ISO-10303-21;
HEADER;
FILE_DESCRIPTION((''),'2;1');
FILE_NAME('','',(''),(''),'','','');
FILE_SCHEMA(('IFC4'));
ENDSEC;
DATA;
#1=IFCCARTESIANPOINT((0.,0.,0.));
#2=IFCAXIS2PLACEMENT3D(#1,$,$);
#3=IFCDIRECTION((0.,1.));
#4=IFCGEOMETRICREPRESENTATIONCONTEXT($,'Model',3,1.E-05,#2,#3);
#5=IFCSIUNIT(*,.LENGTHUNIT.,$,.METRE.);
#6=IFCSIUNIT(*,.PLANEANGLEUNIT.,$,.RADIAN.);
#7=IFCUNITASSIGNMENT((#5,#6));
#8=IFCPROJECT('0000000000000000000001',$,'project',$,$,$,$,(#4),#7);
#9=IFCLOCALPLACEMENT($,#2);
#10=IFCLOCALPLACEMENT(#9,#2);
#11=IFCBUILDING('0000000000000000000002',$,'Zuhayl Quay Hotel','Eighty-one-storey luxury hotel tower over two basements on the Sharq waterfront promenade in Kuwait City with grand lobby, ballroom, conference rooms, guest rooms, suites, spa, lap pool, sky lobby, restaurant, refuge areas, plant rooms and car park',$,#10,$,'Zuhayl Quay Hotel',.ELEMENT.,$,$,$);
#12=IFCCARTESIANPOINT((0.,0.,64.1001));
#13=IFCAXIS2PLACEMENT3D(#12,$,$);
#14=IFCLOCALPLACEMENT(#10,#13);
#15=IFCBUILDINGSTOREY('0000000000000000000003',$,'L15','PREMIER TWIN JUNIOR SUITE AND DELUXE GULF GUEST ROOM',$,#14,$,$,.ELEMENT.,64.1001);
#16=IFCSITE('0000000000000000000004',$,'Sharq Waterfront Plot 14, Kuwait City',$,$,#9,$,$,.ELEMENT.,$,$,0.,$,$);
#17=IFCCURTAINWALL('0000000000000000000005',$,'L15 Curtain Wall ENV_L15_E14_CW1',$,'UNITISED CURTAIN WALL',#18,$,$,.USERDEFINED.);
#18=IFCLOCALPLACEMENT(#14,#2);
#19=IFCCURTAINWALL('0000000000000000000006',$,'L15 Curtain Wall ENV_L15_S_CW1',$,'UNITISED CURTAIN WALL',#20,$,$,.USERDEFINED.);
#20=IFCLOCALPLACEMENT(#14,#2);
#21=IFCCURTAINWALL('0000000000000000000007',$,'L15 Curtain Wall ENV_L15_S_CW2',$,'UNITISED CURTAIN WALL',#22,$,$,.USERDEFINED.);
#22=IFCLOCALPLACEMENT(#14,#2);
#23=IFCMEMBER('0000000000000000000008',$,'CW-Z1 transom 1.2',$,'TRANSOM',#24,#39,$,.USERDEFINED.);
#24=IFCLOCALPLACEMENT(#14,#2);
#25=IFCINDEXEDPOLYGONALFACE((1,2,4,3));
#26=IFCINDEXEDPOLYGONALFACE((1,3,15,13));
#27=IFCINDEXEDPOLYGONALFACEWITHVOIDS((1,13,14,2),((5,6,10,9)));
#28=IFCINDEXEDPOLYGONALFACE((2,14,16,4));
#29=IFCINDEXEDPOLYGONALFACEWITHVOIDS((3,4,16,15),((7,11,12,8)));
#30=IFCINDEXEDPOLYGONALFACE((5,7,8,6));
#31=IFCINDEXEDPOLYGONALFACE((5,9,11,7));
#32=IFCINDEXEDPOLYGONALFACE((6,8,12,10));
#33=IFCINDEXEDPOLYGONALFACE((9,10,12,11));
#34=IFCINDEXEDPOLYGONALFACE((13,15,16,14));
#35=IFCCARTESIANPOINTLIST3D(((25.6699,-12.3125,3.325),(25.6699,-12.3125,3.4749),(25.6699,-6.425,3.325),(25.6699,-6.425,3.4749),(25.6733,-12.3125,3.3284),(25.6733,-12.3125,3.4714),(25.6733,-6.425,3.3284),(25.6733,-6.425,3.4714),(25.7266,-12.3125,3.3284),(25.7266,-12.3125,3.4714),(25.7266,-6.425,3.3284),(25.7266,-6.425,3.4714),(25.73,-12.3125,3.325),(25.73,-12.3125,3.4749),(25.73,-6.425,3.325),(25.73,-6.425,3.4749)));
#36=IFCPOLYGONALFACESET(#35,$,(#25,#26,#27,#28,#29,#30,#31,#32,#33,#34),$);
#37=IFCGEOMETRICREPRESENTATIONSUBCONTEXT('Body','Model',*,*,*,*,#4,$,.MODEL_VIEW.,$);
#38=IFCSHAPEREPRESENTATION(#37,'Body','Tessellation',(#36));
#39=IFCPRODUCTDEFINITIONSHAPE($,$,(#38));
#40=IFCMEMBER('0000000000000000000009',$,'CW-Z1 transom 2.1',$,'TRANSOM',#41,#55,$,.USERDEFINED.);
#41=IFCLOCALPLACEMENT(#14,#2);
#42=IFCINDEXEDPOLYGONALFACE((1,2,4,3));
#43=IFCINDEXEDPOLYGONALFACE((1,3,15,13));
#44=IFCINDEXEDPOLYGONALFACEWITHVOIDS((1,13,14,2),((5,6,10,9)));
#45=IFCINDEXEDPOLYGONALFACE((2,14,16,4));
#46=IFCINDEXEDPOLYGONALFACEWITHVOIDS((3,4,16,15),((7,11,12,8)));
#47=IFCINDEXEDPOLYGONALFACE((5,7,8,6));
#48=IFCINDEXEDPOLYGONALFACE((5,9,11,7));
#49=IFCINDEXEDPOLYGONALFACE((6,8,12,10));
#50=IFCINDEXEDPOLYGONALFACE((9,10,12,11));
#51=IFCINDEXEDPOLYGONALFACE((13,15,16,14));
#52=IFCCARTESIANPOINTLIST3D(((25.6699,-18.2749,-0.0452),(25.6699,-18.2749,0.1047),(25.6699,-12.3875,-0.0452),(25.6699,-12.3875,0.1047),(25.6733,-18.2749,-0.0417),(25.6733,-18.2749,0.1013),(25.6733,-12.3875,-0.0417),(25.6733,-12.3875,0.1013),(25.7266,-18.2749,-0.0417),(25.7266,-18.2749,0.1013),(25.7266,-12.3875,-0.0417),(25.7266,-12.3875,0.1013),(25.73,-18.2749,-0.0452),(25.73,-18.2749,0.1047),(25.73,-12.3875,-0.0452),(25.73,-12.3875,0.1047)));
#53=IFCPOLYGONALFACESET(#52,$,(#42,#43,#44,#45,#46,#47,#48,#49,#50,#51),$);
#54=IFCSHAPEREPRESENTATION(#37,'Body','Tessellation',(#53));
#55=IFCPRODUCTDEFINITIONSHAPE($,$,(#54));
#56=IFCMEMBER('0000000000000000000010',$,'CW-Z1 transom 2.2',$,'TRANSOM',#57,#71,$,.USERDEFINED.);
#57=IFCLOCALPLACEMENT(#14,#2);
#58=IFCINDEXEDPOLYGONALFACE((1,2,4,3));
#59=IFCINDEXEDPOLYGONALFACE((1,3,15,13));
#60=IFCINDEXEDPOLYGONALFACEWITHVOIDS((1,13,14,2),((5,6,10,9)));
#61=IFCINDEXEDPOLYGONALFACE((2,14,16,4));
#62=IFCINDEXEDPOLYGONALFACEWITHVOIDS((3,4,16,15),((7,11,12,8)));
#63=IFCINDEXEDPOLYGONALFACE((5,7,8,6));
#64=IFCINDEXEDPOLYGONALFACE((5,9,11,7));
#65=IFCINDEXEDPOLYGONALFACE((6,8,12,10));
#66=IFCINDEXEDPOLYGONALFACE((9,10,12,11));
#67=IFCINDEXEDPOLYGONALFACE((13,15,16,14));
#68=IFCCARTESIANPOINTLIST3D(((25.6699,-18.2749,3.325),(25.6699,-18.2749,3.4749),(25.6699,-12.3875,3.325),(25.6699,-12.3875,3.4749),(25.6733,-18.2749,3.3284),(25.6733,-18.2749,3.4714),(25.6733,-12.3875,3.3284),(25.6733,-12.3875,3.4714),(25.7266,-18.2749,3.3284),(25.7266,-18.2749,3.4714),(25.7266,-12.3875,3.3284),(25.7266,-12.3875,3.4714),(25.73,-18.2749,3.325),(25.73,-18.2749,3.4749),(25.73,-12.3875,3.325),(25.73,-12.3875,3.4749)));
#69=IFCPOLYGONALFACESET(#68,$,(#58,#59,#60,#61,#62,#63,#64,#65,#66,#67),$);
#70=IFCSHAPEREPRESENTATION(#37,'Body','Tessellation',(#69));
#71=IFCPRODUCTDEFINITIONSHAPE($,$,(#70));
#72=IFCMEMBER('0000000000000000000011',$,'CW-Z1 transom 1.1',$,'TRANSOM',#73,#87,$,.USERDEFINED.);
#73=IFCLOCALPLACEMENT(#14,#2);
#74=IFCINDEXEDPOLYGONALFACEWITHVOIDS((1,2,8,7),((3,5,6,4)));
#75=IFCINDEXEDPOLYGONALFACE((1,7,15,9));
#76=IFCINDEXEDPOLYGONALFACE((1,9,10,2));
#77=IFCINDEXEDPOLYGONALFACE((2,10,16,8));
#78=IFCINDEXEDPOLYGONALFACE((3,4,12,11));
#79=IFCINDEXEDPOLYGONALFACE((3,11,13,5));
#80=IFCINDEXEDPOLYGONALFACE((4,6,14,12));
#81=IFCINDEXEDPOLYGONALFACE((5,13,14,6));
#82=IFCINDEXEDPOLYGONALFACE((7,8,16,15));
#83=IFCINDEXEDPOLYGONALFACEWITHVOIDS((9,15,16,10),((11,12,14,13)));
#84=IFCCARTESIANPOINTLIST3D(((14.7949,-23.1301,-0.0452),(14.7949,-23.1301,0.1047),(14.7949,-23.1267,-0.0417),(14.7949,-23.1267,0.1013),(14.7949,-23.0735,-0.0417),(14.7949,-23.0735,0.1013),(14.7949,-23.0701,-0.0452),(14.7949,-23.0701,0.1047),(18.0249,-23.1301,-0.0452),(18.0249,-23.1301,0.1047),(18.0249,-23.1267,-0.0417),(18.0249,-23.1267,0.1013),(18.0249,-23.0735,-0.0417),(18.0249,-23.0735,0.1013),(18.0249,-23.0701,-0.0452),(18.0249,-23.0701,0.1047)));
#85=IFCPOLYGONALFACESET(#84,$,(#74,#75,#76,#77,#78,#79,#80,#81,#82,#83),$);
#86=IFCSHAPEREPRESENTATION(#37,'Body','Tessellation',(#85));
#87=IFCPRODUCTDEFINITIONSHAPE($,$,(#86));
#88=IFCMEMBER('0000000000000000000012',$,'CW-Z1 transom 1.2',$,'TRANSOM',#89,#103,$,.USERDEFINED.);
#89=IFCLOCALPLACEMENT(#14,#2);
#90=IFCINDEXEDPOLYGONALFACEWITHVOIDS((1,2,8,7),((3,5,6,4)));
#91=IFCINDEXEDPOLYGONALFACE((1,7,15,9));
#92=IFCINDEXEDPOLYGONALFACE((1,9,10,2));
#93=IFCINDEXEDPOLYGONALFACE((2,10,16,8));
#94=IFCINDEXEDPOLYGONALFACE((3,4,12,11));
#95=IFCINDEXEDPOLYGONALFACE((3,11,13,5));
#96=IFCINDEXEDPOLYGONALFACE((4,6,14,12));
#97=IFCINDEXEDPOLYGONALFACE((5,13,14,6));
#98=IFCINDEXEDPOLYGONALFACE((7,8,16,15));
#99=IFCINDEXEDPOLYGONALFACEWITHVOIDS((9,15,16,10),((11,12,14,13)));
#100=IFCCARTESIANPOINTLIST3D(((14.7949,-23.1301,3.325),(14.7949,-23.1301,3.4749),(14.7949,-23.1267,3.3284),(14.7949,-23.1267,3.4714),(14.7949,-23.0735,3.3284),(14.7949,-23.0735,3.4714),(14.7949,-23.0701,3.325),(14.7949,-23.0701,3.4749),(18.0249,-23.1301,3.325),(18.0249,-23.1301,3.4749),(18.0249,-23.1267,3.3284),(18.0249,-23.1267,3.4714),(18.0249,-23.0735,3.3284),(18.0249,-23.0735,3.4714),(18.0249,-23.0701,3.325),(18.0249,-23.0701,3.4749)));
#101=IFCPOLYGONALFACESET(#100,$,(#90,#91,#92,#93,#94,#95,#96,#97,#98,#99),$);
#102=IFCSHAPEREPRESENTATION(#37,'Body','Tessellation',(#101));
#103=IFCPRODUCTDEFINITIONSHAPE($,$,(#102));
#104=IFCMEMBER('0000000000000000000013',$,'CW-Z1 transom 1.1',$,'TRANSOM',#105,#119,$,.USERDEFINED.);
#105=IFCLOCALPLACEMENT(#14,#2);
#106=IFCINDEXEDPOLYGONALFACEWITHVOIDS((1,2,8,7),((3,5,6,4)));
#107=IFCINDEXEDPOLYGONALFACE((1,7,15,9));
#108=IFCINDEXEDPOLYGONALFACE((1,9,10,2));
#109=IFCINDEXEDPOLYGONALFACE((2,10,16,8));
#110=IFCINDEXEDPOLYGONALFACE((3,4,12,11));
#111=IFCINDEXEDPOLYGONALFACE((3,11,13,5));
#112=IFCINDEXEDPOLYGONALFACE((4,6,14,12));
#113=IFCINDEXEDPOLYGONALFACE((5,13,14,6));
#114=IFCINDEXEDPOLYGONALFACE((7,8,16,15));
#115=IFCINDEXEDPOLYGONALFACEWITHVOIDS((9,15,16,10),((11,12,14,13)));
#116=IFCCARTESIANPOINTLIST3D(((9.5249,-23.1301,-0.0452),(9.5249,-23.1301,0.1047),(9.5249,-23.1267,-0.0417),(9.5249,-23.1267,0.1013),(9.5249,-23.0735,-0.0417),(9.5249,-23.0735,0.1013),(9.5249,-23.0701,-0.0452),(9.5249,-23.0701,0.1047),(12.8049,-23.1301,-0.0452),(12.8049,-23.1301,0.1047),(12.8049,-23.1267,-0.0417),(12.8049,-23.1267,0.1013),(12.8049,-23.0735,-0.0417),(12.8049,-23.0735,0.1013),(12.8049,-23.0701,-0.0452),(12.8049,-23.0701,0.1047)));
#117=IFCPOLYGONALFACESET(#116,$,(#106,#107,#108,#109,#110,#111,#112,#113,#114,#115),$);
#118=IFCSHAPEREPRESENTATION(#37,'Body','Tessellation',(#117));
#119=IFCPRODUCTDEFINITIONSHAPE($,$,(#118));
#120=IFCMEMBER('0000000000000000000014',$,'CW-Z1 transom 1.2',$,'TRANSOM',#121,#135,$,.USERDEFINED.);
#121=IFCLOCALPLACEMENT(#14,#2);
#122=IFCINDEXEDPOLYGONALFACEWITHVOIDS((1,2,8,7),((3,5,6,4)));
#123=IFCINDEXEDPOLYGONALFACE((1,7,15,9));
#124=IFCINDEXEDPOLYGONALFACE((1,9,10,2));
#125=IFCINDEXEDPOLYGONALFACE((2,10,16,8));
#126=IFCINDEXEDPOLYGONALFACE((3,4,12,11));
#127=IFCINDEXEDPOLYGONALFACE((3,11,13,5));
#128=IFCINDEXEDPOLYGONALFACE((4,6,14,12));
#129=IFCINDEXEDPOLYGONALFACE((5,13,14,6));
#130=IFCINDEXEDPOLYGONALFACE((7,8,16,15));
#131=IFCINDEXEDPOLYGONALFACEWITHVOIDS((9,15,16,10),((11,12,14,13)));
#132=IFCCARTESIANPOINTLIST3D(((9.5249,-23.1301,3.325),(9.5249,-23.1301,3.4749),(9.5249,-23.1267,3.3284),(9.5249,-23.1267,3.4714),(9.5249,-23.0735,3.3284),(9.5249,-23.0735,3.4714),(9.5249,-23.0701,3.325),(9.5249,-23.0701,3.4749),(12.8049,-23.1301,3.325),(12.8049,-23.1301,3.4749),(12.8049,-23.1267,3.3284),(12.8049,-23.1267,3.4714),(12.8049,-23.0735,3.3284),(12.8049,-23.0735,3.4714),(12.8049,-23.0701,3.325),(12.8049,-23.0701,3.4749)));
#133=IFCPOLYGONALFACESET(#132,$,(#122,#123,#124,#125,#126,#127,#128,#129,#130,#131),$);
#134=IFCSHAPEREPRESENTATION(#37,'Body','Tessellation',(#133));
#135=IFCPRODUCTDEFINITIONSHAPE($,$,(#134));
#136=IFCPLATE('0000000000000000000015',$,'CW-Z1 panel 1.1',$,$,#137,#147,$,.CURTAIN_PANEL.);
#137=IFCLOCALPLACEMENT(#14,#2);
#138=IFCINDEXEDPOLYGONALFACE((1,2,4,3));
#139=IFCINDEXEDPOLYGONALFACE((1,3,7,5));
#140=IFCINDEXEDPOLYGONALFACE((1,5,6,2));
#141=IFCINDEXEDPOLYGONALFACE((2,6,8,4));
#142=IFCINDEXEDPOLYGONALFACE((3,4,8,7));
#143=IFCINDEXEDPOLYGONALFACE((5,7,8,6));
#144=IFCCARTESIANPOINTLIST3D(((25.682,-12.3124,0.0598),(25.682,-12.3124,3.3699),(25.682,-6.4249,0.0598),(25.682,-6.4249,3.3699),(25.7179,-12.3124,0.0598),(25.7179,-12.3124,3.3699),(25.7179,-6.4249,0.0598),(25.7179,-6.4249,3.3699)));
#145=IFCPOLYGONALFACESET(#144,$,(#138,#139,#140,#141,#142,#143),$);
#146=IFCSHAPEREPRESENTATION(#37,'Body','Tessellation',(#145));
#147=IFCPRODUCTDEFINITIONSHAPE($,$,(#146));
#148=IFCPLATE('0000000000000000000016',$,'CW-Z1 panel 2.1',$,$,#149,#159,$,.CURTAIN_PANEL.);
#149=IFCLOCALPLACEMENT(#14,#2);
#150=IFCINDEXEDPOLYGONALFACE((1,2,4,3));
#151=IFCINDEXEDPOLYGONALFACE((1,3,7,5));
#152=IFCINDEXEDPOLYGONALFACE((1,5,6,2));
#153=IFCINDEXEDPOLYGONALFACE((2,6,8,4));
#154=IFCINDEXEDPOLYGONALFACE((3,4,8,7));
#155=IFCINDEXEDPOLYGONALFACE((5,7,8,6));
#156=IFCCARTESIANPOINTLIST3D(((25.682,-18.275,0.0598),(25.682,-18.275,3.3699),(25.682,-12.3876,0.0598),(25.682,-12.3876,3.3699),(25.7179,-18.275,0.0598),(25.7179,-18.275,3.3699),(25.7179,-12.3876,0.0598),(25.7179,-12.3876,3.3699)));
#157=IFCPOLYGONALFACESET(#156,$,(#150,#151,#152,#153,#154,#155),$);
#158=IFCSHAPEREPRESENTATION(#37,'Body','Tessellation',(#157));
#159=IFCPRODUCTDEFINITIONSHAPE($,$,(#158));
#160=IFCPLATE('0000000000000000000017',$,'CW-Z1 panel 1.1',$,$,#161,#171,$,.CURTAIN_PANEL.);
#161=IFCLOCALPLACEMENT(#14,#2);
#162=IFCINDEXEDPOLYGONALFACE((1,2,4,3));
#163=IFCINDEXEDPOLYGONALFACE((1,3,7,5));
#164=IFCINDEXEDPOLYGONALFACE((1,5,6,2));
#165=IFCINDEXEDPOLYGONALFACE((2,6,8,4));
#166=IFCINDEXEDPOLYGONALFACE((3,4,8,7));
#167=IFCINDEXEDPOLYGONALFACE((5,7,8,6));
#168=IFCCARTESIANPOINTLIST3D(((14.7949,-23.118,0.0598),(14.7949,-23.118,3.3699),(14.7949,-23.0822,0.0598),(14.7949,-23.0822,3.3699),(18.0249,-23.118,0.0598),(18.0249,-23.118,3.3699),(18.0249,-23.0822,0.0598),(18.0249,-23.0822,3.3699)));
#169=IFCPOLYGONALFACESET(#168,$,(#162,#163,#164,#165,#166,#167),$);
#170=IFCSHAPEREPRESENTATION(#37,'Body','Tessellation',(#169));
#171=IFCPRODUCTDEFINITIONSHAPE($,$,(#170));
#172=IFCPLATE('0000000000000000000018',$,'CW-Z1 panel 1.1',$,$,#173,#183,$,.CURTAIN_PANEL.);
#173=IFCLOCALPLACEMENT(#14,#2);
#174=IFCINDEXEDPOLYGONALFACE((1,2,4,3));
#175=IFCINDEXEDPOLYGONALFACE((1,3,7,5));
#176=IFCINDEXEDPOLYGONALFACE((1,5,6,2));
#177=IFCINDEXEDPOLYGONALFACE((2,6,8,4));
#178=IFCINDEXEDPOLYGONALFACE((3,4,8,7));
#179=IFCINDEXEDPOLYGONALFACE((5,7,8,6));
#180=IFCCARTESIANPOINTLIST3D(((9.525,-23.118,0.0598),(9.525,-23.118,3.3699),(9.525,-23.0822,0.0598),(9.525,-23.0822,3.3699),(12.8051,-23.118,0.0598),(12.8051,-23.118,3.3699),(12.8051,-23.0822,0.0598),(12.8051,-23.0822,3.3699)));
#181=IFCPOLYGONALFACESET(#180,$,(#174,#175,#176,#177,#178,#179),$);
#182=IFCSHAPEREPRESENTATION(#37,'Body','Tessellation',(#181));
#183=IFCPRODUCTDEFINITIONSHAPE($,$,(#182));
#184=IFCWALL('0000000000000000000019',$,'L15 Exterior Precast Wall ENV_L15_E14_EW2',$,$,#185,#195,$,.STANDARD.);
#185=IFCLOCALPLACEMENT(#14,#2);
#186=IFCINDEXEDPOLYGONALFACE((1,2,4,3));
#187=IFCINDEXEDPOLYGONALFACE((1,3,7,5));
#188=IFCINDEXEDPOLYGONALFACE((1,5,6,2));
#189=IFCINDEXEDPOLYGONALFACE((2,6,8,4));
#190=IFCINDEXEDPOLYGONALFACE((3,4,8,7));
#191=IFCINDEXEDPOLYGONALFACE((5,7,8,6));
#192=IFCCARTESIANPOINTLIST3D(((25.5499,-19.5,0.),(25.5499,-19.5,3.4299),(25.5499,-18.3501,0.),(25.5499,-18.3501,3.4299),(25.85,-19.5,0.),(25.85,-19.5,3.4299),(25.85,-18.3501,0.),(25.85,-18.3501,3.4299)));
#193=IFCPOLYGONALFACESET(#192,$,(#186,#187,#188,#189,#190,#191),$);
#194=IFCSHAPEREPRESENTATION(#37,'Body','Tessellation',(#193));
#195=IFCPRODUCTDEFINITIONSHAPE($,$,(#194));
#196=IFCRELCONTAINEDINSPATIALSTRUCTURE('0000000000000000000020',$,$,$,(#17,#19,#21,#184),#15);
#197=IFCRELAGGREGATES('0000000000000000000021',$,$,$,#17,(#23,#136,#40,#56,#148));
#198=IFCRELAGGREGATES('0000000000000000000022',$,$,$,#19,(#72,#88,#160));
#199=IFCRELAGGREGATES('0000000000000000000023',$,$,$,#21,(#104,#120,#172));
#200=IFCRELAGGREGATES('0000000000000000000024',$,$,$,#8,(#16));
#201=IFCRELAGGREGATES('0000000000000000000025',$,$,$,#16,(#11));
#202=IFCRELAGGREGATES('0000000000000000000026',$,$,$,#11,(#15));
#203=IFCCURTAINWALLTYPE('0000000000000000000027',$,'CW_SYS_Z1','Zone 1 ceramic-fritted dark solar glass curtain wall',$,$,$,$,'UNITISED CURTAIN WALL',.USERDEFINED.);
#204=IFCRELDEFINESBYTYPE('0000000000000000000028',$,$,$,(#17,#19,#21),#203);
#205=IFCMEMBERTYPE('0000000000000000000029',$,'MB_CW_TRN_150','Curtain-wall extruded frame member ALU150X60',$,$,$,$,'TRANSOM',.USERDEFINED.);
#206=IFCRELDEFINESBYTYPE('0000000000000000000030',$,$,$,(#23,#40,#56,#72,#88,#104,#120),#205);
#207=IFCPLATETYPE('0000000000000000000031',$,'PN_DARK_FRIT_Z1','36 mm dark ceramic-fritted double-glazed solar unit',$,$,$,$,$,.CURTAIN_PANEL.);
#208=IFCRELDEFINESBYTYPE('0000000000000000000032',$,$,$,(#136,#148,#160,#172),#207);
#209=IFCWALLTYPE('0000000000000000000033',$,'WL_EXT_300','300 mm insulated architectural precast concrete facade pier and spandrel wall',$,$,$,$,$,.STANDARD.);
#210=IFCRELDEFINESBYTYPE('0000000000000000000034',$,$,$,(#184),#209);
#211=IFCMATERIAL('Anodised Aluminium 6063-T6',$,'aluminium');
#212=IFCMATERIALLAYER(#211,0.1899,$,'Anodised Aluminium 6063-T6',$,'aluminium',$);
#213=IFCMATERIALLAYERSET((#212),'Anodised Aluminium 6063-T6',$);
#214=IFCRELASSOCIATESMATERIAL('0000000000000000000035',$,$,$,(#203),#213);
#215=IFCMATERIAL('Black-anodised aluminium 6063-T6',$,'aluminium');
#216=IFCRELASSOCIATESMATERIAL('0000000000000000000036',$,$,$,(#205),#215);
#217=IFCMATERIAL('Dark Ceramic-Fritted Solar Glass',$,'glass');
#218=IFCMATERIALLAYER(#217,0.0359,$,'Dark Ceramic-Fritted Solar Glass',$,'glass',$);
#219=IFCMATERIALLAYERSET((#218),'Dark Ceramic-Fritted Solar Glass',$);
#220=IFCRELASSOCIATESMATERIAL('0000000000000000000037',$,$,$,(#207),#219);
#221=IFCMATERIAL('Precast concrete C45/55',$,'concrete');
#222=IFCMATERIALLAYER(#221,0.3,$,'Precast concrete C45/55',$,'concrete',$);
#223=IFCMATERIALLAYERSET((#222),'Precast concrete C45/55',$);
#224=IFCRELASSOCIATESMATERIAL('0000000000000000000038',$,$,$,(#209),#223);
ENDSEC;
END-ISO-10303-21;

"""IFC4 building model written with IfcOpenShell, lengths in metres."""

from ifc_helpers import new_model, si_unit, direction, frame, frame_2d, origin, origin_2d, place, context, subcontext, project, spatial, rectangle, hollow_rectangle, extrude, material, layer, layer_set, material_profile, profile_set, type_object, element, aggregate, save


model = new_model("IFC4")

# Units and contexts
model_context = context("Model", 3, precision=1e-05, world=origin(), true_north=direction((0.0, 1.0)))
body_context = subcontext(model_context, "Body", "Model", "MODEL_VIEW")
ifc_project = project(units=[si_unit("LENGTHUNIT", "METRE"), si_unit("PLANEANGLEUNIT", "RADIAN")], contexts=[model_context])

# Site, building, storey
site_placement = place(None, origin())
site = spatial("IfcSite", under=ifc_project, at=site_placement, Name="Sharq Waterfront Plot 14, Kuwait City", CompositionType="ELEMENT", RefElevation=0.0)
building_placement = place(site_placement, origin())
building = spatial("IfcBuilding", under=site, at=building_placement, Name="Zuhayl Quay Hotel", Description="Eighty-one-storey luxury hotel tower over two basements on the Sharq waterfront promenade in Kuwait City with grand lobby, ballroom, conference rooms, guest rooms, suites, spa, lap pool, sky lobby, restaurant, refuge areas, plant rooms and car park", LongName="Zuhayl Quay Hotel", CompositionType="ELEMENT")
storey_placement = place(building_placement, frame((0.0, 0.0, 64.1001)))
storey = spatial("IfcBuildingStorey", under=building, at=storey_placement, Name="L15", Description="PREMIER TWIN JUNIOR SUITE AND DELUXE GULF GUEST ROOM", CompositionType="ELEMENT", Elevation=64.1001)

# Curtain walls
ifc_material_1 = material(Name="Anodised Aluminium 6063-T6", Category="aluminium")
ifc_layer_1 = layer(ifc_material_1, 0.1899, Name="Anodised Aluminium 6063-T6", Category="aluminium")
ifc_layer_set_1 = layer_set([ifc_layer_1], Name="Anodised Aluminium 6063-T6")
curtain_wall_type = type_object("IfcCurtainWallType", Name="CW_SYS_Z1", Description="Zone 1 ceramic-fritted dark solar glass curtain wall", ElementType="UNITISED CURTAIN WALL", PredefinedType="USERDEFINED", material=ifc_layer_set_1)
curtain_wall_1_placement = place(storey_placement, origin())
curtain_wall_1 = element("IfcCurtainWall", 1, at=curtain_wall_1_placement, inside=storey, type_object=curtain_wall_type, Name="L15 Curtain Wall ENV_L15_E14_CW1", ObjectType="UNITISED CURTAIN WALL", PredefinedType="USERDEFINED")
ifc_material_2 = material(Name="Black-anodised aluminium 6063-T6", Category="aluminium")
curtain_wall_2_placement = place(storey_placement, origin())
curtain_wall_2 = element("IfcCurtainWall", 2, at=curtain_wall_2_placement, inside=storey, type_object=curtain_wall_type, Name="L15 Curtain Wall ENV_L15_S_CW1", ObjectType="UNITISED CURTAIN WALL", PredefinedType="USERDEFINED")
curtain_wall_3_placement = place(storey_placement, origin())
curtain_wall_3 = element("IfcCurtainWall", 3, at=curtain_wall_3_placement, inside=storey, type_object=curtain_wall_type, Name="L15 Curtain Wall ENV_L15_S_CW2", ObjectType="UNITISED CURTAIN WALL", PredefinedType="USERDEFINED")

# Members
ifc_material_profile_1 = material_profile(ifc_material_2, hollow_rectangle(XDim=0.0601, YDim=0.1499, WallThickness=0.0034, at=origin_2d()), Name="ALU150X60")
ifc_profile_set_1 = profile_set([ifc_material_profile_1], Name="Black-anodised aluminium 6063-T6")
member_type_1 = type_object("IfcMemberType", Name="MB_CW_TRN_150", Description="Curtain-wall extruded frame member ALU150X60", ElementType="TRANSOM", PredefinedType="USERDEFINED", material=ifc_profile_set_1)
member_1_placement = place(storey_placement, frame((25.7, -6.425, 3.3999), z_axis=(0.0, -1.0, 0.0), x_axis=(1.0, 0.0, 0.0)))
member_1 = element("IfcMember", 4, at=member_1_placement, type_object=member_type_1, Name="CW-Z1 transom 1.2", ObjectType="TRANSOM", PredefinedType="USERDEFINED", context=body_context, shape_type="SweptSolid", body=[
    extrude(hollow_rectangle(XDim=0.0601, YDim=0.1499, WallThickness=0.0034, at=origin_2d()), origin(), (0.0, 0.0, 1.0), 5.8875),
])
member_2_placement = place(storey_placement, frame((25.7, -12.3875, 0.0298), z_axis=(0.0, -1.0, 0.0), x_axis=(1.0, 0.0, 0.0)))
member_2 = element("IfcMember", 5, at=member_2_placement, type_object=member_type_1, Name="CW-Z1 transom 2.1", ObjectType="TRANSOM", PredefinedType="USERDEFINED", context=body_context, shape_type="SweptSolid", body=[
    extrude(hollow_rectangle(XDim=0.0601, YDim=0.1499, WallThickness=0.0034, at=origin_2d()), origin(), (0.0, 0.0, 1.0), 5.8875),
])
member_3_placement = place(storey_placement, frame((25.7, -12.3875, 3.3999), z_axis=(0.0, -1.0, 0.0), x_axis=(1.0, 0.0, 0.0)))
member_3 = element("IfcMember", 6, at=member_3_placement, type_object=member_type_1, Name="CW-Z1 transom 2.2", ObjectType="TRANSOM", PredefinedType="USERDEFINED", context=body_context, shape_type="SweptSolid", body=[
    extrude(hollow_rectangle(XDim=0.0601, YDim=0.1499, WallThickness=0.0034, at=origin_2d()), origin(), (0.0, 0.0, 1.0), 5.8875),
])
member_4_placement = place(storey_placement, frame((18.0249, -23.1001, 0.0298), z_axis=(-1.0, 0.0, 0.0), x_axis=(0.0, -1.0, 0.0)))
member_4 = element("IfcMember", 7, at=member_4_placement, type_object=member_type_1, Name="CW-Z1 transom 1.1", ObjectType="TRANSOM", PredefinedType="USERDEFINED", context=body_context, shape_type="SweptSolid", body=[
    extrude(hollow_rectangle(XDim=0.0601, YDim=0.1499, WallThickness=0.0034, at=origin_2d()), origin(), (0.0, 0.0, 1.0), 3.23),
])
member_5_placement = place(storey_placement, frame((18.0249, -23.1001, 3.3999), z_axis=(-1.0, 0.0, 0.0), x_axis=(0.0, -1.0, 0.0)))
member_5 = element("IfcMember", 8, at=member_5_placement, type_object=member_type_1, Name="CW-Z1 transom 1.2", ObjectType="TRANSOM", PredefinedType="USERDEFINED", context=body_context, shape_type="SweptSolid", body=[
    extrude(hollow_rectangle(XDim=0.0601, YDim=0.1499, WallThickness=0.0034, at=origin_2d()), origin(), (0.0, 0.0, 1.0), 3.23),
])
member_6_placement = place(storey_placement, frame((12.8049, -23.1001, 0.0298), z_axis=(-1.0, 0.0, 0.0), x_axis=(0.0, -1.0, 0.0)))
member_6 = element("IfcMember", 9, at=member_6_placement, type_object=member_type_1, Name="CW-Z1 transom 1.1", ObjectType="TRANSOM", PredefinedType="USERDEFINED", context=body_context, shape_type="SweptSolid", body=[
    extrude(hollow_rectangle(XDim=0.0601, YDim=0.1499, WallThickness=0.0034, at=origin_2d()), origin(), (0.0, 0.0, 1.0), 3.28),
])
member_7_placement = place(storey_placement, frame((12.8049, -23.1001, 3.3999), z_axis=(-1.0, 0.0, 0.0), x_axis=(0.0, -1.0, 0.0)))
member_7 = element("IfcMember", 10, at=member_7_placement, type_object=member_type_1, Name="CW-Z1 transom 1.2", ObjectType="TRANSOM", PredefinedType="USERDEFINED", context=body_context, shape_type="SweptSolid", body=[
    extrude(hollow_rectangle(XDim=0.0601, YDim=0.1499, WallThickness=0.0034, at=origin_2d()), origin(), (0.0, 0.0, 1.0), 3.28),
])

# Plates
ifc_material_3 = material(Name="Dark Ceramic-Fritted Solar Glass", Category="glass")
ifc_layer_2 = layer(ifc_material_3, 0.0359, Name="Dark Ceramic-Fritted Solar Glass", Category="glass")
ifc_layer_set_2 = layer_set([ifc_layer_2], Name="Dark Ceramic-Fritted Solar Glass")
plate_type = type_object("IfcPlateType", Name="PN_DARK_FRIT_Z1", Description="36 mm dark ceramic-fritted double-glazed solar unit", PredefinedType="CURTAIN_PANEL", material=ifc_layer_set_2)
plate_1_placement = place(storey_placement, frame((25.7, -9.3687, 0.0598), z_axis=(0.0, 0.0, 1.0), x_axis=(0.0, -1.0, 0.0)))
plate_1 = element("IfcPlate", 11, at=plate_1_placement, type_object=plate_type, Name="CW-Z1 panel 1.1", PredefinedType="CURTAIN_PANEL", context=body_context, shape_type="SweptSolid", body=[
    extrude(rectangle(XDim=5.8875, YDim=0.0359, at=origin_2d()), origin(), (0.0, 0.0, 1.0), 3.3101),
])
plate_2_placement = place(storey_placement, frame((25.7, -15.3313, 0.0598), z_axis=(0.0, 0.0, 1.0), x_axis=(0.0, -1.0, 0.0)))
plate_2 = element("IfcPlate", 12, at=plate_2_placement, type_object=plate_type, Name="CW-Z1 panel 2.1", PredefinedType="CURTAIN_PANEL", context=body_context, shape_type="SweptSolid", body=[
    extrude(rectangle(XDim=5.8875, YDim=0.0359, at=origin_2d()), origin(), (0.0, 0.0, 1.0), 3.3101),
])
aggregate(curtain_wall_1, [member_1, plate_1, member_2, member_3, plate_2])
plate_3_placement = place(storey_placement, frame((16.4099, -23.1001, 0.0598), z_axis=(0.0, 0.0, 1.0), x_axis=(-1.0, 0.0, 0.0)))
plate_3 = element("IfcPlate", 13, at=plate_3_placement, type_object=plate_type, Name="CW-Z1 panel 1.1", PredefinedType="CURTAIN_PANEL", context=body_context, shape_type="SweptSolid", body=[
    extrude(rectangle(XDim=3.23, YDim=0.0359, at=origin_2d()), origin(), (0.0, 0.0, 1.0), 3.3101),
])
aggregate(curtain_wall_2, [member_4, member_5, plate_3])
plate_4_placement = place(storey_placement, frame((11.165, -23.1001, 0.0598), z_axis=(0.0, 0.0, 1.0), x_axis=(-1.0, 0.0, 0.0)))
plate_4 = element("IfcPlate", 14, at=plate_4_placement, type_object=plate_type, Name="CW-Z1 panel 1.1", PredefinedType="CURTAIN_PANEL", context=body_context, shape_type="SweptSolid", body=[
    extrude(rectangle(XDim=3.28, YDim=0.0359, at=origin_2d()), origin(), (0.0, 0.0, 1.0), 3.3101),
])
aggregate(curtain_wall_3, [member_6, member_7, plate_4])

# Wall
ifc_material_4 = material(Name="Precast concrete C45/55", Category="concrete")
ifc_layer_3 = layer(ifc_material_4, 0.3, Name="Precast concrete C45/55", Category="concrete")
ifc_layer_set_3 = layer_set([ifc_layer_3], Name="Precast concrete C45/55")
wall_type_1 = type_object("IfcWallType", Name="WL_EXT_300", Description="300 mm insulated architectural precast concrete facade pier and spandrel wall", PredefinedType="STANDARD", material=ifc_layer_set_3)
wall_1_placement = place(storey_placement, frame((25.7, -18.3501, 0.0), z_axis=(0.0, 0.0, 1.0), x_axis=(0.0, -1.0, 0.0)))
element("IfcWall", 15, at=wall_1_placement, inside=storey, type_object=wall_type_1, Name="L15 Exterior Precast Wall ENV_L15_E14_EW2", PredefinedType="STANDARD", context=body_context, shape_type="SweptSolid", body=[
    extrude(rectangle(XDim=1.1499, YDim=0.3, at=frame_2d((0.575, 0.0))), origin(), (0.0, 0.0, 1.0), 3.4299),
])

save(model, "model.ifc")
